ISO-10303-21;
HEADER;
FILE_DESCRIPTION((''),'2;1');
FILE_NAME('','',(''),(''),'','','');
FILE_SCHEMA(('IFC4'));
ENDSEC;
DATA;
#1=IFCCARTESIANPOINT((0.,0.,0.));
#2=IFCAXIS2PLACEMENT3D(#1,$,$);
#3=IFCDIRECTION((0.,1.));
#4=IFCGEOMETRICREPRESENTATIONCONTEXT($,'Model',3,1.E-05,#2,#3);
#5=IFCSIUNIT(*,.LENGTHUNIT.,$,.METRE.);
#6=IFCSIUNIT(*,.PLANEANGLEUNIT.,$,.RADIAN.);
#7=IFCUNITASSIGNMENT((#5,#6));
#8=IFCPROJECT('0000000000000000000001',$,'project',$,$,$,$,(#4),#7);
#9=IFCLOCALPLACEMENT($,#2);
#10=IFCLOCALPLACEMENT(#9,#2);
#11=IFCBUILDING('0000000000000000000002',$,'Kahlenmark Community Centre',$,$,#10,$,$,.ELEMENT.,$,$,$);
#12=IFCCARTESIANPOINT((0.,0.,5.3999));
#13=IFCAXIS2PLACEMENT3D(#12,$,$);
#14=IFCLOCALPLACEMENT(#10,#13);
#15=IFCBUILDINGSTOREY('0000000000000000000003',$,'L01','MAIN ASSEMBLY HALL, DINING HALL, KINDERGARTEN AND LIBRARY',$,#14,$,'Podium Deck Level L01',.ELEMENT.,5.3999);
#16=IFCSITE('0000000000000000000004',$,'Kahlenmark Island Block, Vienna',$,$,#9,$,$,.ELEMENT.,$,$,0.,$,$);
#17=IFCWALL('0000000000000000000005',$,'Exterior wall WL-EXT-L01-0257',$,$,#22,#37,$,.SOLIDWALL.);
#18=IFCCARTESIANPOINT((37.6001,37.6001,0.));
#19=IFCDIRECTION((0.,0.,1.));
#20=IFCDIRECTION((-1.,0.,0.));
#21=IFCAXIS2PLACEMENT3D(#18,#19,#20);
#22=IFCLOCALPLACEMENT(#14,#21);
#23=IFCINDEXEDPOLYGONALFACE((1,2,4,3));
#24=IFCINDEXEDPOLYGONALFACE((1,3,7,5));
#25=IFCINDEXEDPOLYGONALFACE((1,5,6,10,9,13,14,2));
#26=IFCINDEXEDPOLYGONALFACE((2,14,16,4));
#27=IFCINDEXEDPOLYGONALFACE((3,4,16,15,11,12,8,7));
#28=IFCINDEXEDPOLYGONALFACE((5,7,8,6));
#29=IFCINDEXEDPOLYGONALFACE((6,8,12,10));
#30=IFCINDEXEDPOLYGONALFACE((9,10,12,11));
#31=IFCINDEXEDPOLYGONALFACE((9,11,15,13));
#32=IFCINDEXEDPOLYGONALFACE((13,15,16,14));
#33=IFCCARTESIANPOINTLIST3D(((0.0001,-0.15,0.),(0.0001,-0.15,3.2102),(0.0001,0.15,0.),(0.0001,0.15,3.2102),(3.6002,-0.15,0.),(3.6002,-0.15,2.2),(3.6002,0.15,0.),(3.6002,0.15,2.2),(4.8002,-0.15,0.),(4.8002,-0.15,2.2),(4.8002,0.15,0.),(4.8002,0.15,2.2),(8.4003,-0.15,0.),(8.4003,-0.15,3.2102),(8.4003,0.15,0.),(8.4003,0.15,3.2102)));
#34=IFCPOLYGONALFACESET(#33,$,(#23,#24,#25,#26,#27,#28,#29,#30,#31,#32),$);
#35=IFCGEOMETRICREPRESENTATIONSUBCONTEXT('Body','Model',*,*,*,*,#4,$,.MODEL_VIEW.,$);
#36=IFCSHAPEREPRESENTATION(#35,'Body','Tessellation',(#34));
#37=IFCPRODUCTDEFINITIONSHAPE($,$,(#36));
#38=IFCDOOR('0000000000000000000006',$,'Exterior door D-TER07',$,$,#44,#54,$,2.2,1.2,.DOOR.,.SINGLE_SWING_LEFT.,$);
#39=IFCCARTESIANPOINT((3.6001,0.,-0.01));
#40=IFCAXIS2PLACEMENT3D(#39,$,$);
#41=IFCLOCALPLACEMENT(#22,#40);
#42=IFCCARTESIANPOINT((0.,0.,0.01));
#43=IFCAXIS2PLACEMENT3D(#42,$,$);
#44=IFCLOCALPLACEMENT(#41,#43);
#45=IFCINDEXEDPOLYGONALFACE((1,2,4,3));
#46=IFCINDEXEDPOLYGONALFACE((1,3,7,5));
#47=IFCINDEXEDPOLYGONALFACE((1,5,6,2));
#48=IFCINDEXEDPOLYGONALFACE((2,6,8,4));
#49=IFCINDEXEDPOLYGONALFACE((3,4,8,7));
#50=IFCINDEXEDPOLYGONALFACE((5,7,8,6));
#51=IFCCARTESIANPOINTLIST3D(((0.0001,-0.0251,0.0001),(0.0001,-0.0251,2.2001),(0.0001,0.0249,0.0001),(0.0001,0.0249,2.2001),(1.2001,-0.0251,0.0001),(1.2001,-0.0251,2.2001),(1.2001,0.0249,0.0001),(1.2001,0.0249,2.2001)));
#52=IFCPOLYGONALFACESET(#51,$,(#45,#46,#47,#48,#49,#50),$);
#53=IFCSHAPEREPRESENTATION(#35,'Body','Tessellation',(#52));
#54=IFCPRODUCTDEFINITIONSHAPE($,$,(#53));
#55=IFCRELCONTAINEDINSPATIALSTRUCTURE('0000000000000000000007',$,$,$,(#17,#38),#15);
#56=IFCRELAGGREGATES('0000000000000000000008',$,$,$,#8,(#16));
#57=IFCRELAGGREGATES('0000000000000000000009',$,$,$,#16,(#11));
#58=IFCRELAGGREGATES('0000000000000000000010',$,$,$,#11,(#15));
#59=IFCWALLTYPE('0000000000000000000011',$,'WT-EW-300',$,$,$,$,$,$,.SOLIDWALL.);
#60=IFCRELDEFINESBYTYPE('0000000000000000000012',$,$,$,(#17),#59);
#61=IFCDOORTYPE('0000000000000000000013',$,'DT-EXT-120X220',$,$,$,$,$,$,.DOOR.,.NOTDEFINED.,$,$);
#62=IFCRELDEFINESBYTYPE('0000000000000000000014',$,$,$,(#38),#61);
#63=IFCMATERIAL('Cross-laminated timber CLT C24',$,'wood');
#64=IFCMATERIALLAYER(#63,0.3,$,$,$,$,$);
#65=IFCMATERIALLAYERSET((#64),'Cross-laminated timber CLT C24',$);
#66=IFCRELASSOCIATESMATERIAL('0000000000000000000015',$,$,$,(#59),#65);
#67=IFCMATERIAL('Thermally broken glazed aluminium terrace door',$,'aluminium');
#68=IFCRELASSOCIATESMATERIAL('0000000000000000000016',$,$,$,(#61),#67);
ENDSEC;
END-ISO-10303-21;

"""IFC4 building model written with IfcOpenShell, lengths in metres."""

from ifc_helpers import new_model, si_unit, direction, frame, frame_2d, origin, place, context, subcontext, project, spatial, rectangle, extrude, material, layer, layer_set, type_object, element, fill, save


model = new_model("IFC4")

# Units and contexts
model_context = context("Model", 3, precision=1e-05, world=origin(), true_north=direction((0.0, 1.0)))
body_context = subcontext(model_context, "Body", "Model", "MODEL_VIEW")
ifc_project = project(units=[si_unit("LENGTHUNIT", "METRE"), si_unit("PLANEANGLEUNIT", "RADIAN")], contexts=[model_context])

# Site, building, storey
site_placement = place(None, origin())
site = spatial("IfcSite", under=ifc_project, at=site_placement, Name="Kahlenmark Island Block, Vienna", CompositionType="ELEMENT", RefElevation=0.0)
building_placement = place(site_placement, origin())
building = spatial("IfcBuilding", under=site, at=building_placement, Name="Kahlenmark Community Centre", CompositionType="ELEMENT")
storey_placement = place(building_placement, frame((0.0, 0.0, 5.3999)))
storey = spatial("IfcBuildingStorey", under=building, at=storey_placement, Name="L01", Description="MAIN ASSEMBLY HALL, DINING HALL, KINDERGARTEN AND LIBRARY", LongName="Podium Deck Level L01", CompositionType="ELEMENT", Elevation=5.3999)

# Wall, opening, door
ifc_material_1 = material(Name="Cross-laminated timber CLT C24", Category="wood")
ifc_layer = layer(ifc_material_1, 0.3)
ifc_layer_set = layer_set([ifc_layer], Name="Cross-laminated timber CLT C24")
wall_type = type_object("IfcWallType", Name="WT-EW-300", PredefinedType="SOLIDWALL", material=ifc_layer_set)
wall_1_placement = place(storey_placement, frame((37.6001, 37.6001, 0.0), z_axis=(0.0, 0.0, 1.0), x_axis=(-1.0, 0.0, 0.0)))
wall_1 = element("IfcWall", 1, at=wall_1_placement, inside=storey, type_object=wall_type, Name="Exterior wall WL-EXT-L01-0257", PredefinedType="SOLIDWALL", context=body_context, shape_type="SweptSolid", body=[
    extrude(rectangle(XDim=8.4001, YDim=0.3, at=frame_2d((4.2002, 0.0))), origin(), (0.0, 0.0, 1.0), 3.2102),
])
opening_placement = place(wall_1_placement, frame((3.6001, 0.0, -0.01)))
opening = element("IfcOpeningElement", 2, at=opening_placement, cuts=wall_1, PredefinedType="OPENING", context=body_context, shape_type="SweptSolid", body=[
    extrude(rectangle(XDim=1.2, YDim=2.21, at=frame_2d((0.6001, 1.105))), frame((0.0, 0.1599, 0.0), z_axis=(0.0, -1.0, 0.0), x_axis=(1.0, 0.0, 0.0)), (0.0, 0.0, 1.0), 0.3201),
])
ifc_material_2 = material(Name="Thermally broken glazed aluminium terrace door", Category="aluminium")
door_type = type_object("IfcDoorType", Name="DT-EXT-120X220", OperationType="NOTDEFINED", PredefinedType="DOOR", material=ifc_material_2)
door_placement = place(opening_placement, frame((0.0, 0.0, 0.01)))
door = element("IfcDoor", 3, at=door_placement, inside=storey, type_object=door_type, Name="Exterior door D-TER07", OperationType="SINGLE_SWING_LEFT", OverallHeight=2.2, OverallWidth=1.2, PredefinedType="DOOR", context=body_context, shape_type="SweptSolid", body=[
    extrude(rectangle(XDim=1.2, YDim=2.2, at=frame_2d((0.6001, 1.1001))), frame((0.0, 0.0249, 0.0), z_axis=(0.0, -1.0, 0.0), x_axis=(1.0, 0.0, 0.0)), (0.0, 0.0, 1.0), 0.05),
])
fill(opening, door)

save(model, "model.ifc")
